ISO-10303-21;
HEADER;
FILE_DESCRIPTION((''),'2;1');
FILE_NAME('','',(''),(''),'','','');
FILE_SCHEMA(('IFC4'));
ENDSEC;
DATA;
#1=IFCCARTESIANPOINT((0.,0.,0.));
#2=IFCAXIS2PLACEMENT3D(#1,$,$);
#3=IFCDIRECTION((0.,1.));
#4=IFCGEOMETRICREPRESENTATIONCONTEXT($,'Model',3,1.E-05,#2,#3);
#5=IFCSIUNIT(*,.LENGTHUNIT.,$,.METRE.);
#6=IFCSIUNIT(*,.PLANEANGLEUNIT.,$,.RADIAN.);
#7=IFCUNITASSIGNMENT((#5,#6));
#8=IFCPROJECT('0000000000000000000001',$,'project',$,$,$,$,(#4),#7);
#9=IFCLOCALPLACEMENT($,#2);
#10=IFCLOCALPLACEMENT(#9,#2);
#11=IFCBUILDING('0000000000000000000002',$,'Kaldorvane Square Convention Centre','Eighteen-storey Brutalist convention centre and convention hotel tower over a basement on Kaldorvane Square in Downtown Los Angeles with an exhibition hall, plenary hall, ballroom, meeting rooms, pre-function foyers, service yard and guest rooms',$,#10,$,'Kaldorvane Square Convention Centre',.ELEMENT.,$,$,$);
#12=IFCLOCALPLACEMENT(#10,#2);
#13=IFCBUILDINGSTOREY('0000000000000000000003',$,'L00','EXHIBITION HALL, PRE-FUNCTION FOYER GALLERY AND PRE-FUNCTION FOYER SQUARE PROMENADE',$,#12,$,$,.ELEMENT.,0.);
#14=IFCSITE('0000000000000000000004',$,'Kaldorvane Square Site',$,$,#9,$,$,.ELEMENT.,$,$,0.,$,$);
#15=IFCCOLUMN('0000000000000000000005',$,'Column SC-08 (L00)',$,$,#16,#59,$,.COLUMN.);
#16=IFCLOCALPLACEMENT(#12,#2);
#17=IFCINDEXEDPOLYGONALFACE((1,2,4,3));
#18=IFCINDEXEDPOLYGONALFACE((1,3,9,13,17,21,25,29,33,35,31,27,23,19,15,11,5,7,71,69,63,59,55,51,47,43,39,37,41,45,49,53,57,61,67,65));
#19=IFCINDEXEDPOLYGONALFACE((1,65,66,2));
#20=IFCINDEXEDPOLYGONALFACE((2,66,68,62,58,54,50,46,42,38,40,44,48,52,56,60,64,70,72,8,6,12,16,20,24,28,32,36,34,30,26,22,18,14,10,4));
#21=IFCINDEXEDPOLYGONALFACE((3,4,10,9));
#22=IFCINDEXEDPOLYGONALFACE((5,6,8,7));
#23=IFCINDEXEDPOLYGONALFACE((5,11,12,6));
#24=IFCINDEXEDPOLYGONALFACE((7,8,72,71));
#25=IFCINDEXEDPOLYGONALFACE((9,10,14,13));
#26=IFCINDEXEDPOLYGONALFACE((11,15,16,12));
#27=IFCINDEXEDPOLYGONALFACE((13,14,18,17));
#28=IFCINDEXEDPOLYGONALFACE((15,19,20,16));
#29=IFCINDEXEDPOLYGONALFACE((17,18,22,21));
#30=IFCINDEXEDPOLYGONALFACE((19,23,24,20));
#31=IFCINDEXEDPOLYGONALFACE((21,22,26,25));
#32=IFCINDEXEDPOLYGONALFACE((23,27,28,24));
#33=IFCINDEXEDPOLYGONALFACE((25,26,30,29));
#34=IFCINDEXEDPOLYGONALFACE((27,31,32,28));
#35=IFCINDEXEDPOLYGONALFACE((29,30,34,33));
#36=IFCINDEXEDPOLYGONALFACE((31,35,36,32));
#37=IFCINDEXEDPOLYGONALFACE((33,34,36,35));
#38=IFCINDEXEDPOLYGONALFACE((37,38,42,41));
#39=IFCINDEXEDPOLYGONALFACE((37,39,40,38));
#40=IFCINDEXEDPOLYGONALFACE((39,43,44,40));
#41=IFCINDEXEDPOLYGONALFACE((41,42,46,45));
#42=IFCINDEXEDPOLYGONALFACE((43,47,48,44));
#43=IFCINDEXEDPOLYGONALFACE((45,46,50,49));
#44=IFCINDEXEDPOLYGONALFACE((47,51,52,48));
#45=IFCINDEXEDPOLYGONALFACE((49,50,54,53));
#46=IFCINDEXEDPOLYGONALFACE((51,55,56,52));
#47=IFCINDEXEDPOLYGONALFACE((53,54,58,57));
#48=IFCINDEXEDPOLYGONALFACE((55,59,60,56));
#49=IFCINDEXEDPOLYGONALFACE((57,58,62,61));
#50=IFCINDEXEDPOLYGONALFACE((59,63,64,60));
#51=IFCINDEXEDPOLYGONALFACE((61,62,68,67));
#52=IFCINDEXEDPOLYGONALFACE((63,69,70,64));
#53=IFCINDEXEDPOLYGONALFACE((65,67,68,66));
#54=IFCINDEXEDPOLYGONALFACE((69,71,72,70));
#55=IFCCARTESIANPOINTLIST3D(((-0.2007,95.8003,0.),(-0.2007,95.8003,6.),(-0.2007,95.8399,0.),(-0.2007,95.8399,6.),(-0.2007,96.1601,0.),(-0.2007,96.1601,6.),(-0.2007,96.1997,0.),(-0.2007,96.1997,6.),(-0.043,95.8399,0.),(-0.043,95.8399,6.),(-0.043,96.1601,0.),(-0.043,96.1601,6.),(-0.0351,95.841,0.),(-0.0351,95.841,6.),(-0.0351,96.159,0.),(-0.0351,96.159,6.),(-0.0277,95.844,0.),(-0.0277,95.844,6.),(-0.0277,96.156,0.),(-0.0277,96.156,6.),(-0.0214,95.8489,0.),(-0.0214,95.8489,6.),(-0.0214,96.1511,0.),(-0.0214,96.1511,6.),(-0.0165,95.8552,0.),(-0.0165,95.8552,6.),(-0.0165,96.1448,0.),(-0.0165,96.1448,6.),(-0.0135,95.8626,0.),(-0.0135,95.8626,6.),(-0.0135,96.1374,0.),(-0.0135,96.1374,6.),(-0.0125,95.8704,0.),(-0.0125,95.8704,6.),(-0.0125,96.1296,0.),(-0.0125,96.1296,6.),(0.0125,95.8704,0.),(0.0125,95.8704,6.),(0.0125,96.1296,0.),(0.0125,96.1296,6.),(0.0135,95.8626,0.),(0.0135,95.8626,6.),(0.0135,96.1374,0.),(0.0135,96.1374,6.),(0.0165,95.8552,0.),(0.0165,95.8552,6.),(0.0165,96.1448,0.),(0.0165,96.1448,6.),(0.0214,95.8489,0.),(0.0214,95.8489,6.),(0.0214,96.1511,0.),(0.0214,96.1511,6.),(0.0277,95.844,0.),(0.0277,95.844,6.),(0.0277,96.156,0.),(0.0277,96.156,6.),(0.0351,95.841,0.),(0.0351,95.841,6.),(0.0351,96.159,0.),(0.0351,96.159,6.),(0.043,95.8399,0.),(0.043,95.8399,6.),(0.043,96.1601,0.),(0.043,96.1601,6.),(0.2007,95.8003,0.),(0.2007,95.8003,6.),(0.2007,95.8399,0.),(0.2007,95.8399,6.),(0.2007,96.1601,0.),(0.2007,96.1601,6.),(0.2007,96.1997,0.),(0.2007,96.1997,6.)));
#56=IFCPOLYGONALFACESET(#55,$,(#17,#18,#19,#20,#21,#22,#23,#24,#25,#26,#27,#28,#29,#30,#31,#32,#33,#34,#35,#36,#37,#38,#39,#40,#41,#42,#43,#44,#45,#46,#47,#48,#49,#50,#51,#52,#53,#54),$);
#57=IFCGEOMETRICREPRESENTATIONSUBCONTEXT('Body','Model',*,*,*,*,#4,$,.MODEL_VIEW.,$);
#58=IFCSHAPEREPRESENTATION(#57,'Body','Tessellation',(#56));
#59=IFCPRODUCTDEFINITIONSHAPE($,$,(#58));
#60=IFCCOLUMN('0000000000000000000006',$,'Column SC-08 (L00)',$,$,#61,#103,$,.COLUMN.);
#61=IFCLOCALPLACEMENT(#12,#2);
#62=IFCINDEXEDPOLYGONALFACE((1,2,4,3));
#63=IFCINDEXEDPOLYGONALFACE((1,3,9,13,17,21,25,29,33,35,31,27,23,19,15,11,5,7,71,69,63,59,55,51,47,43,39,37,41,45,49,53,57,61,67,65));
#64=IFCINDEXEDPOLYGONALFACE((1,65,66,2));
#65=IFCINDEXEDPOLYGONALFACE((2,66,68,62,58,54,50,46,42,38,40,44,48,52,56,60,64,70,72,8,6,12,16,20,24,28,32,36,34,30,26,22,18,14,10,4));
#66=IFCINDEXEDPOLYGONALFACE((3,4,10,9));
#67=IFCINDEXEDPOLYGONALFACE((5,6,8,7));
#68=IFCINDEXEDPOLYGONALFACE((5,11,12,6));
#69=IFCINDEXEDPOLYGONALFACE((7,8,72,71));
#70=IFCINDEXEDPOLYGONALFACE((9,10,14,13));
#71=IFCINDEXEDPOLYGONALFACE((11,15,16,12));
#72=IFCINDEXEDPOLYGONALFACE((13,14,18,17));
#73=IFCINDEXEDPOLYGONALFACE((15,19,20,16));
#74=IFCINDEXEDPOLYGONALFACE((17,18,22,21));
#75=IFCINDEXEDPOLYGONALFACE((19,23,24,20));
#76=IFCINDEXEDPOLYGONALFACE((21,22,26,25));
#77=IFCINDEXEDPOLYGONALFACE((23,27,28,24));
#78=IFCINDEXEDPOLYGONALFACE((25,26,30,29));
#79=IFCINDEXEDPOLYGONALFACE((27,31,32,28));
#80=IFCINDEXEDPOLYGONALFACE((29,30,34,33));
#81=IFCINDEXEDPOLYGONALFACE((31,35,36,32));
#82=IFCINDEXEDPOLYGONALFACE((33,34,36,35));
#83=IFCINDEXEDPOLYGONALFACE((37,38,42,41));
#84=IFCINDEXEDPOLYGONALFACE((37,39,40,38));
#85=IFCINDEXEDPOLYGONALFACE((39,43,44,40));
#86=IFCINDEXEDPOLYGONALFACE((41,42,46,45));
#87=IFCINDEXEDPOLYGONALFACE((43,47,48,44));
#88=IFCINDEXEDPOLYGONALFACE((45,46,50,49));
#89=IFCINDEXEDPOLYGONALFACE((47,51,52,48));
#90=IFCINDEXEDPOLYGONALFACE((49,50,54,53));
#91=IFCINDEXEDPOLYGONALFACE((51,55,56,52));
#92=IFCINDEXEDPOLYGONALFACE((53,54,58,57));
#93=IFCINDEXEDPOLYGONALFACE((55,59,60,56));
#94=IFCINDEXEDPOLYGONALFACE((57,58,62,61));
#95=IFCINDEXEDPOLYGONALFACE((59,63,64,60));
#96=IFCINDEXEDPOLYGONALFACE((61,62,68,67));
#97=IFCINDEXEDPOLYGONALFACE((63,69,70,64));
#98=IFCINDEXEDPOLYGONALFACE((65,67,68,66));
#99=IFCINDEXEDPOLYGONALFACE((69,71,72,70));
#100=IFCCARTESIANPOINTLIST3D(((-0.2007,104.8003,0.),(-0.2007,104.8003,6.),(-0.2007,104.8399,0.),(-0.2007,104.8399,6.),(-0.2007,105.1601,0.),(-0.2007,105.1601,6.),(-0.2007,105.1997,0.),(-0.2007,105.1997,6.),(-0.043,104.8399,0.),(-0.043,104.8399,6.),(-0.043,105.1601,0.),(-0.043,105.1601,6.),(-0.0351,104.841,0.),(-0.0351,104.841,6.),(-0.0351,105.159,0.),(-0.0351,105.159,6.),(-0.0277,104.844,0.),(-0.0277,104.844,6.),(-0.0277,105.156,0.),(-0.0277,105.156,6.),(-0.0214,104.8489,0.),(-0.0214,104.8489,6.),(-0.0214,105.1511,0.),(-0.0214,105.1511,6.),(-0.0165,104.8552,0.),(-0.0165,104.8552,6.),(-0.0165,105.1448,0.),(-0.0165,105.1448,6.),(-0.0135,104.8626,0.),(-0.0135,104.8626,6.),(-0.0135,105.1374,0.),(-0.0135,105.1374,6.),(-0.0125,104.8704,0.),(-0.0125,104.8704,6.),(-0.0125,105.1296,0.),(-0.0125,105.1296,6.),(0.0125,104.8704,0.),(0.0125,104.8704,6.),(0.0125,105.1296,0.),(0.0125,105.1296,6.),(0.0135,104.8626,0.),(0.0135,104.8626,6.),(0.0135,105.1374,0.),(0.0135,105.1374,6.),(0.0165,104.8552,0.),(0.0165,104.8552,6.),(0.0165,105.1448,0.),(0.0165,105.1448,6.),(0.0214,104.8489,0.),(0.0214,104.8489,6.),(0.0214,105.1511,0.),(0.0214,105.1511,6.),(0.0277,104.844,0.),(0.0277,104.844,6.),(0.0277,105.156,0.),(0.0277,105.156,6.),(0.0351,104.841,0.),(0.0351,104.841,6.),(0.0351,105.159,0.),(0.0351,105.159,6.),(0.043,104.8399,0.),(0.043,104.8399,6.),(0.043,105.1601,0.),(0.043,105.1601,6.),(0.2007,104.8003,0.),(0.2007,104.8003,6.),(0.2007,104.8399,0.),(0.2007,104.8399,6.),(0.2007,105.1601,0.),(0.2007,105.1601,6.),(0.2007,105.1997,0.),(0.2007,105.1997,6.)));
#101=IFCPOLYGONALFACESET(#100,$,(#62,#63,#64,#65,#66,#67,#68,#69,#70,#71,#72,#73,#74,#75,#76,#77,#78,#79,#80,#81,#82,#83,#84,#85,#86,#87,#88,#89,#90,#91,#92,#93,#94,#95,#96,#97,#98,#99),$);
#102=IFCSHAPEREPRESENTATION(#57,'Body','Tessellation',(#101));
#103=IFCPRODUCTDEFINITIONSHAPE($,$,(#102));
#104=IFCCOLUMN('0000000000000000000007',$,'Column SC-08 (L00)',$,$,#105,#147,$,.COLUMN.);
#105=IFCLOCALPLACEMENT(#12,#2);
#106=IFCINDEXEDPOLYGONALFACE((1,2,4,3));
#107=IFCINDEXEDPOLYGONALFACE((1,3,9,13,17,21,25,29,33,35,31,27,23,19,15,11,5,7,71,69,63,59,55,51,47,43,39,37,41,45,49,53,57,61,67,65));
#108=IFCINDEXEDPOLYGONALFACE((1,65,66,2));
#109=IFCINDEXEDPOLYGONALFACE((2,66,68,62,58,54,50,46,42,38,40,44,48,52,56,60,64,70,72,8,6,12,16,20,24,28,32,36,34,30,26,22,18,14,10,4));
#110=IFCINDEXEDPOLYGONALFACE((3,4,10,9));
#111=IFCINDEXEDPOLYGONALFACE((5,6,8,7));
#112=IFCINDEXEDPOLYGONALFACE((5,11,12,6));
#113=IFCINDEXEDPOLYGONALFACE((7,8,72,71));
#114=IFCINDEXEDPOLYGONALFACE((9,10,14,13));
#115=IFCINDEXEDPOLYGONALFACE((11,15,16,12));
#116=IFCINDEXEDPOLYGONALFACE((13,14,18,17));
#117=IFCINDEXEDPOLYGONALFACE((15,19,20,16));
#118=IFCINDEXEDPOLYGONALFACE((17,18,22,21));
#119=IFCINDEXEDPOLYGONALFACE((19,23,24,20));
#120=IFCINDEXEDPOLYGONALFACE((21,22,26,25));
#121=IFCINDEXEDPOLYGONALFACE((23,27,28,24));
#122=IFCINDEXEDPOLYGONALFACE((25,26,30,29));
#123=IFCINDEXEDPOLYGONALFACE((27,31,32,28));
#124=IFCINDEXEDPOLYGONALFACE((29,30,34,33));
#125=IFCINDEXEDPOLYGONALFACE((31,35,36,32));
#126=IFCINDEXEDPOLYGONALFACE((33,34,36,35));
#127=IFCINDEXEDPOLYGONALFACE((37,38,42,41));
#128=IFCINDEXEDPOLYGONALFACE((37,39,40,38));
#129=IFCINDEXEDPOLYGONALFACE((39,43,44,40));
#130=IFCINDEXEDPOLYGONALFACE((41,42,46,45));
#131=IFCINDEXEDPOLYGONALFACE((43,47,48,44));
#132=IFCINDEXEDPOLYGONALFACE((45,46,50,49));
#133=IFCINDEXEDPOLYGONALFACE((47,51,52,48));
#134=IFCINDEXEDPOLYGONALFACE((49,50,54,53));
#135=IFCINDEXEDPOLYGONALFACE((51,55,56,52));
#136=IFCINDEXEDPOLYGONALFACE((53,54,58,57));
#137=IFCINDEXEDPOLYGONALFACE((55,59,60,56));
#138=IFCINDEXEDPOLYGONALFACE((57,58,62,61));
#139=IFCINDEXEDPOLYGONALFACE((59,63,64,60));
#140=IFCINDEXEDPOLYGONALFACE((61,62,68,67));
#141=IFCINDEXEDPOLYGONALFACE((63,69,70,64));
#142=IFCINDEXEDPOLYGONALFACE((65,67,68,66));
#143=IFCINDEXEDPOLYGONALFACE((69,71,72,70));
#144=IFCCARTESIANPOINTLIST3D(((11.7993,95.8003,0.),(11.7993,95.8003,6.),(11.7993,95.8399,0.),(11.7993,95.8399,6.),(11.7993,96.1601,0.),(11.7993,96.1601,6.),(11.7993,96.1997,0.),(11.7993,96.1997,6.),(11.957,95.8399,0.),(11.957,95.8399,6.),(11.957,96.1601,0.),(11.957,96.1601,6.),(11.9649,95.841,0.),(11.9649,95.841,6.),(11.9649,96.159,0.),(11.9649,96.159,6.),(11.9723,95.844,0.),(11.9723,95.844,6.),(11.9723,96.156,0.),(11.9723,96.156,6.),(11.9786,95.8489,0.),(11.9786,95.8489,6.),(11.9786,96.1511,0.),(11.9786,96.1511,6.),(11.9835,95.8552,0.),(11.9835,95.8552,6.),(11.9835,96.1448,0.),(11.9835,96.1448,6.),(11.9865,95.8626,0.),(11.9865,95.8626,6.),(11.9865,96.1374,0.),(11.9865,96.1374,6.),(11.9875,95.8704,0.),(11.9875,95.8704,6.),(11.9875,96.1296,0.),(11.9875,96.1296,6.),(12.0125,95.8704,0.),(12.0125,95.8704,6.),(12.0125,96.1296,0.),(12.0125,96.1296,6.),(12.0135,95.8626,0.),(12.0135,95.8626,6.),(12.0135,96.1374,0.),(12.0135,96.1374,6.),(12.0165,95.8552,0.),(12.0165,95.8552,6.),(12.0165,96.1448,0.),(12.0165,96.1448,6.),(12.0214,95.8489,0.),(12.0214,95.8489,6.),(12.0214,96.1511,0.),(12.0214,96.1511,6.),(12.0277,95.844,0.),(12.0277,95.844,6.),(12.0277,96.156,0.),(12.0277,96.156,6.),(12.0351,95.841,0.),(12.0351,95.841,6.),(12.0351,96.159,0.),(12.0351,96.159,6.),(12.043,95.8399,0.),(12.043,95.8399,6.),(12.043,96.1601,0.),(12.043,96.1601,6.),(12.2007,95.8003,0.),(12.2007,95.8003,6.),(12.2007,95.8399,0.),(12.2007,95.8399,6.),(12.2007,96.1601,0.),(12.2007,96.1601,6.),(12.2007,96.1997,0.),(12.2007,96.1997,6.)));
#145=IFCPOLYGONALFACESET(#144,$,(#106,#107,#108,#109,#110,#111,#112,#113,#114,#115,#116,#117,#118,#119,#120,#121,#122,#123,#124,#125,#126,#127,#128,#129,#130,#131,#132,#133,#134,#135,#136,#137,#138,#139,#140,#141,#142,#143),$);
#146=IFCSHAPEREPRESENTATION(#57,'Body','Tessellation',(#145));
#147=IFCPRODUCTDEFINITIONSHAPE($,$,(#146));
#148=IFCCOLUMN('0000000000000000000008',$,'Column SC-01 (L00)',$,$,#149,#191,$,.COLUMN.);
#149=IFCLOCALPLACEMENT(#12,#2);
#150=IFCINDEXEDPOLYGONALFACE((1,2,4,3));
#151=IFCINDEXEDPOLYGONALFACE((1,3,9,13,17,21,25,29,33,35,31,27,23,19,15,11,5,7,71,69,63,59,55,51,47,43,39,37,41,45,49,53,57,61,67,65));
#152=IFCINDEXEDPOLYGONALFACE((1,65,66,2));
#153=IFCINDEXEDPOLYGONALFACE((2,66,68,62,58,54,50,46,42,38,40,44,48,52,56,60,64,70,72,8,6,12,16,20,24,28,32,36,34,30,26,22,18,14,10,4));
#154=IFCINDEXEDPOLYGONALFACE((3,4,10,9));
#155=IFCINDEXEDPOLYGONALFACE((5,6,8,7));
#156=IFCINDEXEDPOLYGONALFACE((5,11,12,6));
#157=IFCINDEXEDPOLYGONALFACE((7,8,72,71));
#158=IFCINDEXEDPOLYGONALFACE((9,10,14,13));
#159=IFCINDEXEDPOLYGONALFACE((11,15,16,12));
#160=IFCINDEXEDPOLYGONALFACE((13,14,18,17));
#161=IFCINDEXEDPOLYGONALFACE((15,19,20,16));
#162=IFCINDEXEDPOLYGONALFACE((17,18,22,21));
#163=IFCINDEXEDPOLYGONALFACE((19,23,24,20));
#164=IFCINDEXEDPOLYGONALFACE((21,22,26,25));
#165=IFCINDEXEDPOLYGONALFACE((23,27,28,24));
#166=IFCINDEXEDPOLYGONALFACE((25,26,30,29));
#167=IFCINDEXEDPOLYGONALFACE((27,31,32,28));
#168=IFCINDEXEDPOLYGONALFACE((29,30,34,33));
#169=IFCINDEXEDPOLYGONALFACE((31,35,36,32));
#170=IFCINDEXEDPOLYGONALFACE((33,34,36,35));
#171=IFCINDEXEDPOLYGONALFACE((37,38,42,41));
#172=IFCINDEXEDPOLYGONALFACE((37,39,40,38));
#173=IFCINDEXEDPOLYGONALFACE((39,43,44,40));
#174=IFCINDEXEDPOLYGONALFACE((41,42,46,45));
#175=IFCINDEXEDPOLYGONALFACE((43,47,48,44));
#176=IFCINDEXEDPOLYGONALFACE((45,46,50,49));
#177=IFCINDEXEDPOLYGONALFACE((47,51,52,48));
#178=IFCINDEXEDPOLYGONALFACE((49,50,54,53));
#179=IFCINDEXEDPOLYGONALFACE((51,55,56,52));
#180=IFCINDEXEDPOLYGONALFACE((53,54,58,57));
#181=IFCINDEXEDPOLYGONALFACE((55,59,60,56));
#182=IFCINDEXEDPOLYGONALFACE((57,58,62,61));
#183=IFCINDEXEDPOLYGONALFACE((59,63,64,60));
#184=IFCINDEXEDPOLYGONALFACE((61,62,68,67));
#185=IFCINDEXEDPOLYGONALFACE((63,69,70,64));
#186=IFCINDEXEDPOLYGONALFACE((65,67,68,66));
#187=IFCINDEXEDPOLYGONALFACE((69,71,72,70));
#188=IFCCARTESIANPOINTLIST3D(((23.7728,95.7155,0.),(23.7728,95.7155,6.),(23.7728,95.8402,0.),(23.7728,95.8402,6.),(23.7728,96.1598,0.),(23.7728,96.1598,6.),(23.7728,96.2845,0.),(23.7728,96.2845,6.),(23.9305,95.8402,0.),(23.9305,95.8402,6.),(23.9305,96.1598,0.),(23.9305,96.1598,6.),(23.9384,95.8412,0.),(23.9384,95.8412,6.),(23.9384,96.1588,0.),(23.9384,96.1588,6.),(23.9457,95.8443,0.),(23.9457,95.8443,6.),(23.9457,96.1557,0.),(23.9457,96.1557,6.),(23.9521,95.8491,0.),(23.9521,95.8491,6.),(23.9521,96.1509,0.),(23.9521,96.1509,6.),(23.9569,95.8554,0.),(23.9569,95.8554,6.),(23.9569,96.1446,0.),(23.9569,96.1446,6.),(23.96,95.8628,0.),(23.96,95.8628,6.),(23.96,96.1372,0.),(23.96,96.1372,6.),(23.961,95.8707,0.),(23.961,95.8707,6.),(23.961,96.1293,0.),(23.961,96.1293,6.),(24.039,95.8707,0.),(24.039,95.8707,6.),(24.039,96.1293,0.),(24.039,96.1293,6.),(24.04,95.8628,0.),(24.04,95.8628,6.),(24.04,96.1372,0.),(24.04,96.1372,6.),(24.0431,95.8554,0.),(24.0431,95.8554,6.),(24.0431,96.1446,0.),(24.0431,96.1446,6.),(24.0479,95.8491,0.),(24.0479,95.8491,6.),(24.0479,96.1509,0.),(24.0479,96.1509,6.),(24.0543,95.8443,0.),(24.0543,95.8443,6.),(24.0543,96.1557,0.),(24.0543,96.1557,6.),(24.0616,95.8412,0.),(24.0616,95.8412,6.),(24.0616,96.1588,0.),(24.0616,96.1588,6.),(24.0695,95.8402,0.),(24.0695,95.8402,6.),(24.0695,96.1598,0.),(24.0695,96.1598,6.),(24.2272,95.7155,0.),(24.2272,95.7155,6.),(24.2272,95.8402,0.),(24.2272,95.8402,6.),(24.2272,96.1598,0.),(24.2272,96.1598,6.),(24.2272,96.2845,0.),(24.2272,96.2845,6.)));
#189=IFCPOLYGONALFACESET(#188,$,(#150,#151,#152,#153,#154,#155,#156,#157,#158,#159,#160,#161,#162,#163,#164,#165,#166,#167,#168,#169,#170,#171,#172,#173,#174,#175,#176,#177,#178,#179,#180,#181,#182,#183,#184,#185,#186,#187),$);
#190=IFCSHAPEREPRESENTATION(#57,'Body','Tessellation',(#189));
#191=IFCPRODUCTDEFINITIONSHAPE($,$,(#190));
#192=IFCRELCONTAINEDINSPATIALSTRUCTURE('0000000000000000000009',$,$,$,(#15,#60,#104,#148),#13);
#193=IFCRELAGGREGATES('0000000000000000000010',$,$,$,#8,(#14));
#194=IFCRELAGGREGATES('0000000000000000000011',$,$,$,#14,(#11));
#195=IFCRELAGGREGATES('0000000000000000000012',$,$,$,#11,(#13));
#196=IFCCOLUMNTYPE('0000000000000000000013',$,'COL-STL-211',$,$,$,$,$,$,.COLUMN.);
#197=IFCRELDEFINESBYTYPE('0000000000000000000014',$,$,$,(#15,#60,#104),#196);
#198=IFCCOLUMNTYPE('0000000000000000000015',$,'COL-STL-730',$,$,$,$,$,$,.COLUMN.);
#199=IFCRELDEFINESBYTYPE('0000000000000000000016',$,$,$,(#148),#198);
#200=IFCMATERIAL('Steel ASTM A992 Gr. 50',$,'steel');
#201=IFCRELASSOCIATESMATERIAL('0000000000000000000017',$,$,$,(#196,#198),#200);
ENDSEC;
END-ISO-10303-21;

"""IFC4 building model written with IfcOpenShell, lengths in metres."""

from ifc_helpers import new_model, si_unit, direction, frame, origin, origin_2d, place, context, subcontext, project, spatial, i_section, extrude, material, material_profile, profile_set, type_object, element, save


model = new_model("IFC4")

# Units and contexts
model_context = context("Model", 3, precision=1e-05, world=origin(), true_north=direction((0.0, 1.0)))
body_context = subcontext(model_context, "Body", "Model", "MODEL_VIEW")
ifc_project = project(units=[si_unit("LENGTHUNIT", "METRE"), si_unit("PLANEANGLEUNIT", "RADIAN")], contexts=[model_context])

# Site, building, storey
site_placement = place(None, origin())
site = spatial("IfcSite", under=ifc_project, at=site_placement, Name="Kaldorvane Square Site", CompositionType="ELEMENT", RefElevation=0.0)
building_placement = place(site_placement, origin())
building = spatial("IfcBuilding", under=site, at=building_placement, Name="Kaldorvane Square Convention Centre", Description="Eighteen-storey Brutalist convention centre and convention hotel tower over a basement on Kaldorvane Square in Downtown Los Angeles with an exhibition hall, plenary hall, ballroom, meeting rooms, pre-function foyers, service yard and guest rooms", LongName="Kaldorvane Square Convention Centre", CompositionType="ELEMENT")
storey_placement = place(building_placement, origin())
storey = spatial("IfcBuildingStorey", under=building, at=storey_placement, Name="L00", Description="EXHIBITION HALL, PRE-FUNCTION FOYER GALLERY AND PRE-FUNCTION FOYER SQUARE PROMENADE", CompositionType="ELEMENT", Elevation=0.0)

# Columns
ifc_material_1 = material(Name="Steel ASTM A992 Gr. 50", Category="steel")
ifc_material_profile_1 = material_profile(ifc_material_1, i_section(OverallWidth=0.4013, OverallDepth=0.3993, WebThickness=0.0249, FlangeThickness=0.0396, FilletRadius=0.0305, at=origin_2d()), Name="W14X211")
ifc_profile_set_1 = profile_set([ifc_material_profile_1], Name="Steel ASTM A992 Gr. 50")
column_type_1 = type_object("IfcColumnType", Name="COL-STL-211", PredefinedType="COLUMN", material=ifc_profile_set_1)
for number, where, z_axis, x_axis, name in (
    (1, (0.0, 96.0, 0.0), (0.0, 0.0, 1.0), (1.0, 0.0, 0.0), "Column SC-08 (L00)"),
    (2, (0.0, 105.0, 0.0), (0.0, 0.0, 1.0), (1.0, 0.0, 0.0), "Column SC-08 (L00)"),
    (3, (12.0, 96.0, 0.0), (0.0, 0.0, 1.0), (1.0, 0.0, 0.0), "Column SC-08 (L00)"),
):
    element("IfcColumn", number, at=place(storey_placement, frame(where, z_axis=z_axis, x_axis=x_axis)), inside=storey, type_object=column_type_1, Name=name, PredefinedType="COLUMN", context=body_context, shape_type="SweptSolid", body=[
        extrude(i_section(OverallWidth=0.4013, OverallDepth=0.3993, WebThickness=0.0249, FlangeThickness=0.0396, FilletRadius=0.0305, at=origin_2d()), origin(), (0.0, 0.0, 1.0), 6.0),
    ])
ifc_material_profile_2 = material_profile(ifc_material_1, i_section(OverallWidth=0.4544, OverallDepth=0.569, WebThickness=0.078, FlangeThickness=0.1247, FilletRadius=0.0305, at=origin_2d()), Name="W14X730")
ifc_profile_set_2 = profile_set([ifc_material_profile_2], Name="Steel ASTM A992 Gr. 50")
column_type_2 = type_object("IfcColumnType", Name="COL-STL-730", PredefinedType="COLUMN", material=ifc_profile_set_2)
column_placement = place(storey_placement, frame((24.0, 96.0, 0.0), z_axis=(0.0, 0.0, 1.0), x_axis=(1.0, 0.0, 0.0)))
element("IfcColumn", 4, at=column_placement, inside=storey, type_object=column_type_2, Name="Column SC-01 (L00)", PredefinedType="COLUMN", context=body_context, shape_type="SweptSolid", body=[
    extrude(i_section(OverallWidth=0.4544, OverallDepth=0.569, WebThickness=0.078, FlangeThickness=0.1247, FilletRadius=0.0305, at=origin_2d()), origin(), (0.0, 0.0, 1.0), 6.0),
])

save(model, "model.ifc")
